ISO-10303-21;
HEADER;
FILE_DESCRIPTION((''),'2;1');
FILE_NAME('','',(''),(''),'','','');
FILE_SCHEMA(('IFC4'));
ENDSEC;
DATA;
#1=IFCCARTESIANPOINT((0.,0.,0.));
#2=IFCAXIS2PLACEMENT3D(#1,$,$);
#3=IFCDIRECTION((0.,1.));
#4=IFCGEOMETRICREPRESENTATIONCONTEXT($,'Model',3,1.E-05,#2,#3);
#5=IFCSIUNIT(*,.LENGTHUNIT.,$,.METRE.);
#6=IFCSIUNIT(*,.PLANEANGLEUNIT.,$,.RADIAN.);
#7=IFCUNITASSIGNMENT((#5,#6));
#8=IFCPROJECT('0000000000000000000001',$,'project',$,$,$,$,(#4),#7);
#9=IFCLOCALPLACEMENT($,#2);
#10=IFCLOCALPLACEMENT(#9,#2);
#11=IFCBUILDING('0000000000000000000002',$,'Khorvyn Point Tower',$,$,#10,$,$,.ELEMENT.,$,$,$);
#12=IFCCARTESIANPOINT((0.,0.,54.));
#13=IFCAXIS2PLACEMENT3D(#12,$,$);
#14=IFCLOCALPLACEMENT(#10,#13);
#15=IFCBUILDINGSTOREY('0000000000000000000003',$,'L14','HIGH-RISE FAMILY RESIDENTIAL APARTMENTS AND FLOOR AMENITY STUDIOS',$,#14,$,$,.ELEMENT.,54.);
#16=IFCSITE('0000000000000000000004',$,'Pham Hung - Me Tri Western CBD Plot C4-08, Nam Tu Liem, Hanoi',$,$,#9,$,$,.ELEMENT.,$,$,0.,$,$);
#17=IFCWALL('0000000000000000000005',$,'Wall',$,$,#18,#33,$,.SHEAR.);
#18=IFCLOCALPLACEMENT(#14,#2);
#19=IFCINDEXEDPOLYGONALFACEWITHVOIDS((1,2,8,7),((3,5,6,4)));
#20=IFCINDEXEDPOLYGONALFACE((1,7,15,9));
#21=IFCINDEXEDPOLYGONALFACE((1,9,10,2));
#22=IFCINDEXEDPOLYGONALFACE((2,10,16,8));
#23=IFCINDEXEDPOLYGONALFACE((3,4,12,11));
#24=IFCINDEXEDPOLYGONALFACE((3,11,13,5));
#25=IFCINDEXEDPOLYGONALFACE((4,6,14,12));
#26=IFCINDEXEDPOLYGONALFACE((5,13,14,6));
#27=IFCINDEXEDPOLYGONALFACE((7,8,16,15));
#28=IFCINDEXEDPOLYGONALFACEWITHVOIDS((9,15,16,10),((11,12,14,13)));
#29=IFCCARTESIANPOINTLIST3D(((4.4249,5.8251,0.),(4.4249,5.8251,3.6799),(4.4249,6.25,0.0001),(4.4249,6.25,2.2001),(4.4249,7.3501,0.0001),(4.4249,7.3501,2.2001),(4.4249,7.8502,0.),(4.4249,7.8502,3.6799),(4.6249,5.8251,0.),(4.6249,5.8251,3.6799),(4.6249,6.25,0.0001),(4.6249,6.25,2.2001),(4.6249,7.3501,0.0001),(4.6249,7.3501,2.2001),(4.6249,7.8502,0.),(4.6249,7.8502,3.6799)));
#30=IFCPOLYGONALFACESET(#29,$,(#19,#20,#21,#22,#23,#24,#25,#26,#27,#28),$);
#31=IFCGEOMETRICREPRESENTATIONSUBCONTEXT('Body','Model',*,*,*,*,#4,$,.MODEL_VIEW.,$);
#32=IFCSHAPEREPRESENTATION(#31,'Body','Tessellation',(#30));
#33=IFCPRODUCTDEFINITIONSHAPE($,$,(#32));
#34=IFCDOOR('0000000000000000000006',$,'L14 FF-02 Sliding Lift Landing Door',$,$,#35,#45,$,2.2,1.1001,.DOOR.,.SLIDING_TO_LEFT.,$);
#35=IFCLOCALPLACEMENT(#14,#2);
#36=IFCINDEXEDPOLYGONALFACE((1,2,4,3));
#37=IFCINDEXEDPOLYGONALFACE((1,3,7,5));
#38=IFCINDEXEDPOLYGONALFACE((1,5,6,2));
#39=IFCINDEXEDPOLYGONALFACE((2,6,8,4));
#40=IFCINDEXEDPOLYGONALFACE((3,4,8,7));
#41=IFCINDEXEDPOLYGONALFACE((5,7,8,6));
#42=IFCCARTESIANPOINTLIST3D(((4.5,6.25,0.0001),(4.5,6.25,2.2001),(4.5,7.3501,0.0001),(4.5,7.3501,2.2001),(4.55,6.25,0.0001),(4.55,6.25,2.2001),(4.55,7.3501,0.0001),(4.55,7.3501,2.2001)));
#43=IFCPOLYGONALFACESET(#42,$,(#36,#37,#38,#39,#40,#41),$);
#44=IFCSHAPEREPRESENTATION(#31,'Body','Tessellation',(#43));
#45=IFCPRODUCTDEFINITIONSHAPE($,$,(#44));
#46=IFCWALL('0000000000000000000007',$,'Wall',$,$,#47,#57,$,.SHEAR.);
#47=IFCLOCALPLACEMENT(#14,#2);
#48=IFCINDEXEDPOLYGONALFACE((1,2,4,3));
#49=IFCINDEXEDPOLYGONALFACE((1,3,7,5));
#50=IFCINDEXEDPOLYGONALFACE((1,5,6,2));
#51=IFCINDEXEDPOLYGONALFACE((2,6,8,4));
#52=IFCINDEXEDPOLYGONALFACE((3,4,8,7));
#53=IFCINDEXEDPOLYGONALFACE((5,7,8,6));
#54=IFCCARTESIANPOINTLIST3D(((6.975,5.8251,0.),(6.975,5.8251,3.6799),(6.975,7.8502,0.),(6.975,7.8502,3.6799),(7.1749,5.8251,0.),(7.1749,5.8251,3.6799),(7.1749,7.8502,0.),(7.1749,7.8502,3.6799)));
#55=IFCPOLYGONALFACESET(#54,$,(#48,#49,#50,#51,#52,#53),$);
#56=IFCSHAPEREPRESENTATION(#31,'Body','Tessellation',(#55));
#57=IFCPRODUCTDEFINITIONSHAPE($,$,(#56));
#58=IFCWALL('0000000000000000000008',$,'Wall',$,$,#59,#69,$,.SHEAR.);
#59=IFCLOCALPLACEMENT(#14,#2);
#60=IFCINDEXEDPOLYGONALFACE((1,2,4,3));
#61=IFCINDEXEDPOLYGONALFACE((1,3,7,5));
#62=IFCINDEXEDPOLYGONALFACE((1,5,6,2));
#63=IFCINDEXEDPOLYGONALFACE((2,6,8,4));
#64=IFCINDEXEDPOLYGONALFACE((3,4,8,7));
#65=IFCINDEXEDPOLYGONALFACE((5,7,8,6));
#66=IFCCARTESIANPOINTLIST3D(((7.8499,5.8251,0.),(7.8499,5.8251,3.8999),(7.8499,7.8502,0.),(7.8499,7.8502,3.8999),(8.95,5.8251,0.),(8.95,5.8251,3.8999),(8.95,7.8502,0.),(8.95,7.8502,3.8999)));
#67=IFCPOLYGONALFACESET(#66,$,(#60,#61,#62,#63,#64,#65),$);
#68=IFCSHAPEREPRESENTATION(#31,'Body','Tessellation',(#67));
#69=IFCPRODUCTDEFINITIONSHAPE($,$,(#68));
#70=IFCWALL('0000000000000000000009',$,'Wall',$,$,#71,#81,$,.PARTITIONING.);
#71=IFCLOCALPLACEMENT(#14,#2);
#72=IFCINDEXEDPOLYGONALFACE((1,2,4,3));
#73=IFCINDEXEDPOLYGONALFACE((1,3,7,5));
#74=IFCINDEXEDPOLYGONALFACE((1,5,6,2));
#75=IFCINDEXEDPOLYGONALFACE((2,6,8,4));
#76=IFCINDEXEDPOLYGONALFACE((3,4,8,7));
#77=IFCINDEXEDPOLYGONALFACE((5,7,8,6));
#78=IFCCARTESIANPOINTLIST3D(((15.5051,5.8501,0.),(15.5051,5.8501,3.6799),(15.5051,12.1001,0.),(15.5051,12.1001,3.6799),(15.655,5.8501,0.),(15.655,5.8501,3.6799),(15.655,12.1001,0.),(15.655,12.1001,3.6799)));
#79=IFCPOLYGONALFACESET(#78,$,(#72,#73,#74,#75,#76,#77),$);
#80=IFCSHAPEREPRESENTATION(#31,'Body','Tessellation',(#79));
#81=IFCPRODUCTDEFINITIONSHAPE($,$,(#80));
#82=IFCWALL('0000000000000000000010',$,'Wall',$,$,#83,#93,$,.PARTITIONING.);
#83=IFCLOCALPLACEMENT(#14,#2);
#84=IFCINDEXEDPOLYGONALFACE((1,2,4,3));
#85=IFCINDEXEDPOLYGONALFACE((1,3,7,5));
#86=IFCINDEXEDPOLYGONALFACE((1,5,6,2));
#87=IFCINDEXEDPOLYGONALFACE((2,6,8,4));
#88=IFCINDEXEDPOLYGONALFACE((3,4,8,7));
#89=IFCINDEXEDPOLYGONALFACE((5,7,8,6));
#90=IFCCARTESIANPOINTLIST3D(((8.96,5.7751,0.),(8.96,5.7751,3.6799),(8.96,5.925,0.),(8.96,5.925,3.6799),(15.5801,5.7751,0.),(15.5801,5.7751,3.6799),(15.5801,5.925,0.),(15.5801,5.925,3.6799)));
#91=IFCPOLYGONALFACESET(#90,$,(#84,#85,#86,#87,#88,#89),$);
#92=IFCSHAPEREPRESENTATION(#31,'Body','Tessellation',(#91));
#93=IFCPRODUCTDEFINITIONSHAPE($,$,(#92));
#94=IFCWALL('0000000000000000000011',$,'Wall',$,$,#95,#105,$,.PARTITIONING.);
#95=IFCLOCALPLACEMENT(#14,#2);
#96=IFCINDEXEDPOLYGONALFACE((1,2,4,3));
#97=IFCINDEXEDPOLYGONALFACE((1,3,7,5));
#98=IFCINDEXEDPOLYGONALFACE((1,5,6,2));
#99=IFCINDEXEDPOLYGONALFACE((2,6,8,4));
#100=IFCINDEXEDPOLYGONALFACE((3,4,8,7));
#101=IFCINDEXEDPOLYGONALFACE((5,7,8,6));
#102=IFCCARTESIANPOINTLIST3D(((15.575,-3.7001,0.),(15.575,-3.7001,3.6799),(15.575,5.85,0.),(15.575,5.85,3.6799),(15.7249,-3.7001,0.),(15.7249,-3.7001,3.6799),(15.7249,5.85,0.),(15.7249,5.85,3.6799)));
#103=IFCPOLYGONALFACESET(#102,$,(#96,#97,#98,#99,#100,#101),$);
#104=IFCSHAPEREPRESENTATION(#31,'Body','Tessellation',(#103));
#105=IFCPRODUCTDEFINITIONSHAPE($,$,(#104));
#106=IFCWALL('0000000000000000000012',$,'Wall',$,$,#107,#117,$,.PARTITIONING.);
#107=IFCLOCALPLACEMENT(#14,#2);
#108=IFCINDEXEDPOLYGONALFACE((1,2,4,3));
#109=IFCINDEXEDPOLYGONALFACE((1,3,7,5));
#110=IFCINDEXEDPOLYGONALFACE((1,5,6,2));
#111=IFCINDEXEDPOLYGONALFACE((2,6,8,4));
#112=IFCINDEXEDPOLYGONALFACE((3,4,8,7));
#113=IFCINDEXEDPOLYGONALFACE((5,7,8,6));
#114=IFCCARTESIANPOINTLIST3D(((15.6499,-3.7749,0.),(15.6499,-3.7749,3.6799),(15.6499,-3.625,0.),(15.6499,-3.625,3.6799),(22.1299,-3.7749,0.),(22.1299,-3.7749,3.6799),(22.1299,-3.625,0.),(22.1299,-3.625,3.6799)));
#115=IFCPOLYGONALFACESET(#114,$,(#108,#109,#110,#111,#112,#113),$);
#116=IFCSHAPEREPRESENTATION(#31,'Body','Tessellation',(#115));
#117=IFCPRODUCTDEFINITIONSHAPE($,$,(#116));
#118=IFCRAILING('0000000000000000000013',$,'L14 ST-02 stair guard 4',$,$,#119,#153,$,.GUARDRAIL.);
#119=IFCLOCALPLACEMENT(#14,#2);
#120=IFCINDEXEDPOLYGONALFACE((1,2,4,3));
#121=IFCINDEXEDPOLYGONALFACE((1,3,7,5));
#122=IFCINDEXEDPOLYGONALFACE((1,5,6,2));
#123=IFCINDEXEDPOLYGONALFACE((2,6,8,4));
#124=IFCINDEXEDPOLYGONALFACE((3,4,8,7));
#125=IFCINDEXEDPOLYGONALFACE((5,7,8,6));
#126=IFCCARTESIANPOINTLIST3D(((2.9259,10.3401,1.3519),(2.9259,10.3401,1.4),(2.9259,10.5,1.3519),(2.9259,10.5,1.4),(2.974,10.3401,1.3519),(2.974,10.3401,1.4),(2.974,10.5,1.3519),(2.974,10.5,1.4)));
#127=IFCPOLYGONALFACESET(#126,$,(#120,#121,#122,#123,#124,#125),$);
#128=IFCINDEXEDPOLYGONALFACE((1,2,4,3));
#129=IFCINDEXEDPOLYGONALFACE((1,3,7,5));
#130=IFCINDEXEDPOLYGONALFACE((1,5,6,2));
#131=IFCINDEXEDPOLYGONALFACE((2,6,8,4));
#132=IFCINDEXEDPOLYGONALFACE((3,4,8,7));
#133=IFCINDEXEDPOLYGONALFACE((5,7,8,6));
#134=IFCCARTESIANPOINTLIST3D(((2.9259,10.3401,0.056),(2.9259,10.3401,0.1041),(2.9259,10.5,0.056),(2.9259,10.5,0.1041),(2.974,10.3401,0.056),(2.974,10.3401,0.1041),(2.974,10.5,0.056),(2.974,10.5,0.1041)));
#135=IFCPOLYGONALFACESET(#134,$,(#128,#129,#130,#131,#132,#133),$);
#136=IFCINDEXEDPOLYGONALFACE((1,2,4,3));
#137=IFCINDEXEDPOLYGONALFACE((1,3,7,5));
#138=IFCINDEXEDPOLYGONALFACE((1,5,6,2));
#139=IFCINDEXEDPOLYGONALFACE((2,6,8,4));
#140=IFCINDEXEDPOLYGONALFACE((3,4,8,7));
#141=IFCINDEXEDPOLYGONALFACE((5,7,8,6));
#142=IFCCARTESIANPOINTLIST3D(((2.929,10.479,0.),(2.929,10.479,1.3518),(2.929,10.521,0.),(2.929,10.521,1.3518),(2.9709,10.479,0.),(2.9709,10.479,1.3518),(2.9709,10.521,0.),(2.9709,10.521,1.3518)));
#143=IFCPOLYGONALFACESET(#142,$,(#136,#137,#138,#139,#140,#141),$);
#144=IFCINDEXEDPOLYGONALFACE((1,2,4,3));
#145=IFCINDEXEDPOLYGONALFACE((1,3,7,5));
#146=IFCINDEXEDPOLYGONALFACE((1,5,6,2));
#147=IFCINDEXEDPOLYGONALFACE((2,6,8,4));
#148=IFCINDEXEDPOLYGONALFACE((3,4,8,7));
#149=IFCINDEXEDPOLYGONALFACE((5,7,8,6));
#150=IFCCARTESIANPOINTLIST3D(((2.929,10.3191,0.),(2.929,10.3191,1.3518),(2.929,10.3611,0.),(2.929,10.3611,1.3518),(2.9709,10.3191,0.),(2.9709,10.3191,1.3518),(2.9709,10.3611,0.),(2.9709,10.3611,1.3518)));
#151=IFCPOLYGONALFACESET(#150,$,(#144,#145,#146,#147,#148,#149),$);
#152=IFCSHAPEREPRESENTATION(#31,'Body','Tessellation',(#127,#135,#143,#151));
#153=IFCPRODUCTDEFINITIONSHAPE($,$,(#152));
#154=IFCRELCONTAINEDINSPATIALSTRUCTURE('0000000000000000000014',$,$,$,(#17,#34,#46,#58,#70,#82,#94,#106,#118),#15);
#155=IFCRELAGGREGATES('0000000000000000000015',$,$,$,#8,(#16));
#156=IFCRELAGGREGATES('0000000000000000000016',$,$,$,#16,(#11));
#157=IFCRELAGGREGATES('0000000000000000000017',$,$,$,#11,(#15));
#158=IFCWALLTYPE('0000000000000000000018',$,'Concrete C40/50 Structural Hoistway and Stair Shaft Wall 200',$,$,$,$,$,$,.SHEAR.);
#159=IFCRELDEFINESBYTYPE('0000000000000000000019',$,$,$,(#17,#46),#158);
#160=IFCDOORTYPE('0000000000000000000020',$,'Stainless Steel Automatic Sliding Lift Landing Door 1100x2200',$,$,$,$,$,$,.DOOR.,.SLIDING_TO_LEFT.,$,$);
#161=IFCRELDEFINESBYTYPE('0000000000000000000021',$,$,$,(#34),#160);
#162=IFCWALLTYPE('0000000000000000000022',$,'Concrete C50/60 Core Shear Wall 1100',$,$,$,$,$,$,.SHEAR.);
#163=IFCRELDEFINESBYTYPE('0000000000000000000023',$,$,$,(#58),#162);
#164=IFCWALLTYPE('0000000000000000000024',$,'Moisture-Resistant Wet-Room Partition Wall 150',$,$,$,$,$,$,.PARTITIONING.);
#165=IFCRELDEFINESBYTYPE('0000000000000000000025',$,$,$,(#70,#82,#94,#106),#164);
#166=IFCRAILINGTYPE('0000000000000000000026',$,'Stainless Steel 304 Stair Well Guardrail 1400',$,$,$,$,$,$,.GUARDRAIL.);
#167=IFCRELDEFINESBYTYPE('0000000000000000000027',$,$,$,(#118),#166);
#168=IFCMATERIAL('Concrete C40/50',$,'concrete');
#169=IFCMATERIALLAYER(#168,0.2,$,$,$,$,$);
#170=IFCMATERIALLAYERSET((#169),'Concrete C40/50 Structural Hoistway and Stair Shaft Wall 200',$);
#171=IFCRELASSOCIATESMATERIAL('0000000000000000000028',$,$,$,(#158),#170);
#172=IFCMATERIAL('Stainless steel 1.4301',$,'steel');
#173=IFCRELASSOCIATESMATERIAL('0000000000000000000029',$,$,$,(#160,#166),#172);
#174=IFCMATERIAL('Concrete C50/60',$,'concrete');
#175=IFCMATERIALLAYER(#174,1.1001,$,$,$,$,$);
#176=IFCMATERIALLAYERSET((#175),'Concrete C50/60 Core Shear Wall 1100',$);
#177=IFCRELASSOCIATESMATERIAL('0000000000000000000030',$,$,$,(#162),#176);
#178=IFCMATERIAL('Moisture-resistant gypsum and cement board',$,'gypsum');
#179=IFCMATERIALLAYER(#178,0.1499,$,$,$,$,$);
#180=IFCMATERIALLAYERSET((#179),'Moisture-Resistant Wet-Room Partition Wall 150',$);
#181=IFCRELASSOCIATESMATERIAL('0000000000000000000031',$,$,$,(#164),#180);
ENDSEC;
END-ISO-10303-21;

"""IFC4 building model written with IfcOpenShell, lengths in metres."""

from ifc_helpers import new_model, si_unit, direction, frame, frame_2d, origin, origin_2d, place, context, subcontext, project, spatial, rectangle, extrude, material, layer, layer_set, type_object, element, fill, save


model = new_model("IFC4")

# Units and contexts
model_context = context("Model", 3, precision=1e-05, world=origin(), true_north=direction((0.0, 1.0)))
body_context = subcontext(model_context, "Body", "Model", "MODEL_VIEW")
ifc_project = project(units=[si_unit("LENGTHUNIT", "METRE"), si_unit("PLANEANGLEUNIT", "RADIAN")], contexts=[model_context])

# Site, building, storey
site_placement = place(None, origin())
site = spatial("IfcSite", under=ifc_project, at=site_placement, Name="Pham Hung - Me Tri Western CBD Plot C4-08, Nam Tu Liem, Hanoi", CompositionType="ELEMENT", RefElevation=0.0)
building_placement = place(site_placement, origin())
building = spatial("IfcBuilding", under=site, at=building_placement, Name="Khorvyn Point Tower", CompositionType="ELEMENT")
storey_placement = place(building_placement, frame((0.0, 0.0, 54.0)))
storey = spatial("IfcBuildingStorey", under=building, at=storey_placement, Name="L14", Description="HIGH-RISE FAMILY RESIDENTIAL APARTMENTS AND FLOOR AMENITY STUDIOS", CompositionType="ELEMENT", Elevation=54.0)

# Shared definitions
ifc_material_1 = material(Name="Concrete C50/60", Category="concrete")

# Shared definitions
ifc_material_2 = material(Name="Concrete C40/50", Category="concrete")

# Wall, opening, door
ifc_layer_1 = layer(ifc_material_2, 0.2)
ifc_layer_set_1 = layer_set([ifc_layer_1], Name="Concrete C40/50 Structural Hoistway and Stair Shaft Wall 200")
wall_type_1 = type_object("IfcWallType", Name="Concrete C40/50 Structural Hoistway and Stair Shaft Wall 200", PredefinedType="SHEAR", material=ifc_layer_set_1)
wall_1_placement = place(storey_placement, frame((4.5249, 5.825, 0.0), z_axis=(0.0, 0.0, 1.0), x_axis=(0.0, 1.0, 0.0)))
wall_1 = element("IfcWall", 1, at=wall_1_placement, inside=storey, type_object=wall_type_1, Name="Wall", PredefinedType="SHEAR", context=body_context, shape_type="SweptSolid", body=[
    extrude(rectangle(XDim=2.0251, YDim=0.2, at=frame_2d((1.0127, 0.0))), origin(), (0.0, 0.0, 1.0), 3.6799),
])
opening_placement = place(wall_1_placement, frame((0.425, 0.0, 0.0)))
opening = element("IfcOpeningElement", 2, at=opening_placement, cuts=wall_1, PredefinedType="OPENING", context=body_context, shape_type="SweptSolid", body=[
    extrude(rectangle(XDim=1.1001, YDim=2.2, at=frame_2d((0.55, 1.1001))), frame((0.0, 0.1099, 0.0), z_axis=(0.0, -1.0, 0.0), x_axis=(1.0, 0.0, 0.0)), (0.0, 0.0, 1.0), 0.22),
])
ifc_material_3 = material(Name="Stainless steel 1.4301", Category="steel")
door_type = type_object("IfcDoorType", Name="Stainless Steel Automatic Sliding Lift Landing Door 1100x2200", OperationType="SLIDING_TO_LEFT", PredefinedType="DOOR", material=ifc_material_3)
door_placement = place(opening_placement, origin())
door = element("IfcDoor", 3, at=door_placement, inside=storey, type_object=door_type, Name="L14 FF-02 Sliding Lift Landing Door", OperationType="SLIDING_TO_LEFT", OverallHeight=2.2, OverallWidth=1.1001, PredefinedType="DOOR", context=body_context, shape_type="SweptSolid", body=[
    extrude(rectangle(XDim=1.1001, YDim=2.2, at=frame_2d((0.55, 1.1001))), frame((0.0, 0.0249, 0.0), z_axis=(0.0, -1.0, 0.0), x_axis=(1.0, 0.0, 0.0)), (0.0, 0.0, 1.0), 0.05),
])
fill(opening, door)

# Walls
wall_2_placement = place(storey_placement, frame((7.075, 5.825, 0.0), z_axis=(0.0, 0.0, 1.0), x_axis=(0.0, 1.0, 0.0)))
element("IfcWall", 4, at=wall_2_placement, inside=storey, type_object=wall_type_1, Name="Wall", PredefinedType="SHEAR", context=body_context, shape_type="SweptSolid", body=[
    extrude(rectangle(XDim=2.0251, YDim=0.2, at=frame_2d((1.0127, 0.0))), origin(), (0.0, 0.0, 1.0), 3.6799),
])
ifc_layer_2 = layer(ifc_material_1, 1.1001)
ifc_layer_set_2 = layer_set([ifc_layer_2], Name="Concrete C50/60 Core Shear Wall 1100")
wall_type_2 = type_object("IfcWallType", Name="Concrete C50/60 Core Shear Wall 1100", PredefinedType="SHEAR", material=ifc_layer_set_2)
wall_3_placement = place(storey_placement, frame((8.3999, 5.825, 0.0), z_axis=(0.0, 0.0, 1.0), x_axis=(0.0, 1.0, 0.0)))
element("IfcWall", 5, at=wall_3_placement, inside=storey, type_object=wall_type_2, Name="Wall", PredefinedType="SHEAR", context=body_context, shape_type="SweptSolid", body=[
    extrude(rectangle(XDim=2.0251, YDim=1.1001, at=frame_2d((1.0127, 0.0))), origin(), (0.0, 0.0, 1.0), 3.8999),
])
ifc_material_4 = material(Name="Moisture-resistant gypsum and cement board", Category="gypsum")
ifc_layer_3 = layer(ifc_material_4, 0.1499)
ifc_layer_set_3 = layer_set([ifc_layer_3], Name="Moisture-Resistant Wet-Room Partition Wall 150")
wall_type_3 = type_object("IfcWallType", Name="Moisture-Resistant Wet-Room Partition Wall 150", PredefinedType="PARTITIONING", material=ifc_layer_set_3)
wall_4_placement = place(storey_placement, frame((15.5801, 5.8501, 0.0), z_axis=(0.0, 0.0, 1.0), x_axis=(0.0, 1.0, 0.0)))
element("IfcWall", 6, at=wall_4_placement, inside=storey, type_object=wall_type_3, Name="Wall", PredefinedType="PARTITIONING", context=body_context, shape_type="SweptSolid", body=[
    extrude(rectangle(XDim=6.25, YDim=0.1499, at=frame_2d((3.125, 0.0))), origin(), (0.0, 0.0, 1.0), 3.6799),
])
wall_5_placement = place(storey_placement, frame((8.96, 5.8501, 0.0), z_axis=(0.0, 0.0, 1.0), x_axis=(1.0, 0.0, 0.0)))
element("IfcWall", 7, at=wall_5_placement, inside=storey, type_object=wall_type_3, Name="Wall", PredefinedType="PARTITIONING", context=body_context, shape_type="SweptSolid", body=[
    extrude(rectangle(XDim=6.6201, YDim=0.1499, at=frame_2d((3.3101, 0.0))), origin(), (0.0, 0.0, 1.0), 3.6799),
])
wall_6_placement = place(storey_placement, frame((15.6499, -3.7, 0.0), z_axis=(0.0, 0.0, 1.0), x_axis=(0.0, 1.0, 0.0)))
element("IfcWall", 8, at=wall_6_placement, inside=storey, type_object=wall_type_3, Name="Wall", PredefinedType="PARTITIONING", context=body_context, shape_type="SweptSolid", body=[
    extrude(rectangle(XDim=9.55, YDim=0.1499, at=frame_2d((4.7749, 0.0))), origin(), (0.0, 0.0, 1.0), 3.6799),
])
wall_7_placement = place(storey_placement, frame((15.6499, -3.7, 0.0), z_axis=(0.0, 0.0, 1.0), x_axis=(1.0, 0.0, 0.0)))
element("IfcWall", 9, at=wall_7_placement, inside=storey, type_object=wall_type_3, Name="Wall", PredefinedType="PARTITIONING", context=body_context, shape_type="SweptSolid", body=[
    extrude(rectangle(XDim=6.48, YDim=0.1499, at=frame_2d((3.24, 0.0))), origin(), (0.0, 0.0, 1.0), 3.6799),
])

# Railing
railing_type = type_object("IfcRailingType", Name="Stainless Steel 304 Stair Well Guardrail 1400", PredefinedType="GUARDRAIL", material=ifc_material_3)
railing_placement = place(storey_placement, frame((2.95, 10.5, 0.0)))
element("IfcRailing", 10, at=railing_placement, inside=storey, type_object=railing_type, Name="L14 ST-02 stair guard 4", PredefinedType="GUARDRAIL", context=body_context, shape_type="SweptSolid", body=[
    extrude(rectangle(XDim=0.0481, YDim=0.0481, at=origin_2d()), frame((0.0, 0.0, 1.376), z_axis=(0.0, -1.0, 0.0), x_axis=(1.0, 0.0, 0.0)), (0.0, 0.0, 1.0), 0.1599),
    extrude(rectangle(XDim=0.0481, YDim=0.0481, at=origin_2d()), frame((0.0, 0.0, 0.0801), z_axis=(0.0, -1.0, 0.0), x_axis=(1.0, 0.0, 0.0)), (0.0, 0.0, 1.0), 0.1599),
    extrude(rectangle(XDim=0.042, YDim=0.042, at=origin_2d()), origin(), (0.0, 0.0, 1.0), 1.3518),
    extrude(rectangle(XDim=0.042, YDim=0.042, at=origin_2d()), frame((0.0, -0.1599, 0.0)), (0.0, 0.0, 1.0), 1.3518),
])

save(model, "model.ifc")
